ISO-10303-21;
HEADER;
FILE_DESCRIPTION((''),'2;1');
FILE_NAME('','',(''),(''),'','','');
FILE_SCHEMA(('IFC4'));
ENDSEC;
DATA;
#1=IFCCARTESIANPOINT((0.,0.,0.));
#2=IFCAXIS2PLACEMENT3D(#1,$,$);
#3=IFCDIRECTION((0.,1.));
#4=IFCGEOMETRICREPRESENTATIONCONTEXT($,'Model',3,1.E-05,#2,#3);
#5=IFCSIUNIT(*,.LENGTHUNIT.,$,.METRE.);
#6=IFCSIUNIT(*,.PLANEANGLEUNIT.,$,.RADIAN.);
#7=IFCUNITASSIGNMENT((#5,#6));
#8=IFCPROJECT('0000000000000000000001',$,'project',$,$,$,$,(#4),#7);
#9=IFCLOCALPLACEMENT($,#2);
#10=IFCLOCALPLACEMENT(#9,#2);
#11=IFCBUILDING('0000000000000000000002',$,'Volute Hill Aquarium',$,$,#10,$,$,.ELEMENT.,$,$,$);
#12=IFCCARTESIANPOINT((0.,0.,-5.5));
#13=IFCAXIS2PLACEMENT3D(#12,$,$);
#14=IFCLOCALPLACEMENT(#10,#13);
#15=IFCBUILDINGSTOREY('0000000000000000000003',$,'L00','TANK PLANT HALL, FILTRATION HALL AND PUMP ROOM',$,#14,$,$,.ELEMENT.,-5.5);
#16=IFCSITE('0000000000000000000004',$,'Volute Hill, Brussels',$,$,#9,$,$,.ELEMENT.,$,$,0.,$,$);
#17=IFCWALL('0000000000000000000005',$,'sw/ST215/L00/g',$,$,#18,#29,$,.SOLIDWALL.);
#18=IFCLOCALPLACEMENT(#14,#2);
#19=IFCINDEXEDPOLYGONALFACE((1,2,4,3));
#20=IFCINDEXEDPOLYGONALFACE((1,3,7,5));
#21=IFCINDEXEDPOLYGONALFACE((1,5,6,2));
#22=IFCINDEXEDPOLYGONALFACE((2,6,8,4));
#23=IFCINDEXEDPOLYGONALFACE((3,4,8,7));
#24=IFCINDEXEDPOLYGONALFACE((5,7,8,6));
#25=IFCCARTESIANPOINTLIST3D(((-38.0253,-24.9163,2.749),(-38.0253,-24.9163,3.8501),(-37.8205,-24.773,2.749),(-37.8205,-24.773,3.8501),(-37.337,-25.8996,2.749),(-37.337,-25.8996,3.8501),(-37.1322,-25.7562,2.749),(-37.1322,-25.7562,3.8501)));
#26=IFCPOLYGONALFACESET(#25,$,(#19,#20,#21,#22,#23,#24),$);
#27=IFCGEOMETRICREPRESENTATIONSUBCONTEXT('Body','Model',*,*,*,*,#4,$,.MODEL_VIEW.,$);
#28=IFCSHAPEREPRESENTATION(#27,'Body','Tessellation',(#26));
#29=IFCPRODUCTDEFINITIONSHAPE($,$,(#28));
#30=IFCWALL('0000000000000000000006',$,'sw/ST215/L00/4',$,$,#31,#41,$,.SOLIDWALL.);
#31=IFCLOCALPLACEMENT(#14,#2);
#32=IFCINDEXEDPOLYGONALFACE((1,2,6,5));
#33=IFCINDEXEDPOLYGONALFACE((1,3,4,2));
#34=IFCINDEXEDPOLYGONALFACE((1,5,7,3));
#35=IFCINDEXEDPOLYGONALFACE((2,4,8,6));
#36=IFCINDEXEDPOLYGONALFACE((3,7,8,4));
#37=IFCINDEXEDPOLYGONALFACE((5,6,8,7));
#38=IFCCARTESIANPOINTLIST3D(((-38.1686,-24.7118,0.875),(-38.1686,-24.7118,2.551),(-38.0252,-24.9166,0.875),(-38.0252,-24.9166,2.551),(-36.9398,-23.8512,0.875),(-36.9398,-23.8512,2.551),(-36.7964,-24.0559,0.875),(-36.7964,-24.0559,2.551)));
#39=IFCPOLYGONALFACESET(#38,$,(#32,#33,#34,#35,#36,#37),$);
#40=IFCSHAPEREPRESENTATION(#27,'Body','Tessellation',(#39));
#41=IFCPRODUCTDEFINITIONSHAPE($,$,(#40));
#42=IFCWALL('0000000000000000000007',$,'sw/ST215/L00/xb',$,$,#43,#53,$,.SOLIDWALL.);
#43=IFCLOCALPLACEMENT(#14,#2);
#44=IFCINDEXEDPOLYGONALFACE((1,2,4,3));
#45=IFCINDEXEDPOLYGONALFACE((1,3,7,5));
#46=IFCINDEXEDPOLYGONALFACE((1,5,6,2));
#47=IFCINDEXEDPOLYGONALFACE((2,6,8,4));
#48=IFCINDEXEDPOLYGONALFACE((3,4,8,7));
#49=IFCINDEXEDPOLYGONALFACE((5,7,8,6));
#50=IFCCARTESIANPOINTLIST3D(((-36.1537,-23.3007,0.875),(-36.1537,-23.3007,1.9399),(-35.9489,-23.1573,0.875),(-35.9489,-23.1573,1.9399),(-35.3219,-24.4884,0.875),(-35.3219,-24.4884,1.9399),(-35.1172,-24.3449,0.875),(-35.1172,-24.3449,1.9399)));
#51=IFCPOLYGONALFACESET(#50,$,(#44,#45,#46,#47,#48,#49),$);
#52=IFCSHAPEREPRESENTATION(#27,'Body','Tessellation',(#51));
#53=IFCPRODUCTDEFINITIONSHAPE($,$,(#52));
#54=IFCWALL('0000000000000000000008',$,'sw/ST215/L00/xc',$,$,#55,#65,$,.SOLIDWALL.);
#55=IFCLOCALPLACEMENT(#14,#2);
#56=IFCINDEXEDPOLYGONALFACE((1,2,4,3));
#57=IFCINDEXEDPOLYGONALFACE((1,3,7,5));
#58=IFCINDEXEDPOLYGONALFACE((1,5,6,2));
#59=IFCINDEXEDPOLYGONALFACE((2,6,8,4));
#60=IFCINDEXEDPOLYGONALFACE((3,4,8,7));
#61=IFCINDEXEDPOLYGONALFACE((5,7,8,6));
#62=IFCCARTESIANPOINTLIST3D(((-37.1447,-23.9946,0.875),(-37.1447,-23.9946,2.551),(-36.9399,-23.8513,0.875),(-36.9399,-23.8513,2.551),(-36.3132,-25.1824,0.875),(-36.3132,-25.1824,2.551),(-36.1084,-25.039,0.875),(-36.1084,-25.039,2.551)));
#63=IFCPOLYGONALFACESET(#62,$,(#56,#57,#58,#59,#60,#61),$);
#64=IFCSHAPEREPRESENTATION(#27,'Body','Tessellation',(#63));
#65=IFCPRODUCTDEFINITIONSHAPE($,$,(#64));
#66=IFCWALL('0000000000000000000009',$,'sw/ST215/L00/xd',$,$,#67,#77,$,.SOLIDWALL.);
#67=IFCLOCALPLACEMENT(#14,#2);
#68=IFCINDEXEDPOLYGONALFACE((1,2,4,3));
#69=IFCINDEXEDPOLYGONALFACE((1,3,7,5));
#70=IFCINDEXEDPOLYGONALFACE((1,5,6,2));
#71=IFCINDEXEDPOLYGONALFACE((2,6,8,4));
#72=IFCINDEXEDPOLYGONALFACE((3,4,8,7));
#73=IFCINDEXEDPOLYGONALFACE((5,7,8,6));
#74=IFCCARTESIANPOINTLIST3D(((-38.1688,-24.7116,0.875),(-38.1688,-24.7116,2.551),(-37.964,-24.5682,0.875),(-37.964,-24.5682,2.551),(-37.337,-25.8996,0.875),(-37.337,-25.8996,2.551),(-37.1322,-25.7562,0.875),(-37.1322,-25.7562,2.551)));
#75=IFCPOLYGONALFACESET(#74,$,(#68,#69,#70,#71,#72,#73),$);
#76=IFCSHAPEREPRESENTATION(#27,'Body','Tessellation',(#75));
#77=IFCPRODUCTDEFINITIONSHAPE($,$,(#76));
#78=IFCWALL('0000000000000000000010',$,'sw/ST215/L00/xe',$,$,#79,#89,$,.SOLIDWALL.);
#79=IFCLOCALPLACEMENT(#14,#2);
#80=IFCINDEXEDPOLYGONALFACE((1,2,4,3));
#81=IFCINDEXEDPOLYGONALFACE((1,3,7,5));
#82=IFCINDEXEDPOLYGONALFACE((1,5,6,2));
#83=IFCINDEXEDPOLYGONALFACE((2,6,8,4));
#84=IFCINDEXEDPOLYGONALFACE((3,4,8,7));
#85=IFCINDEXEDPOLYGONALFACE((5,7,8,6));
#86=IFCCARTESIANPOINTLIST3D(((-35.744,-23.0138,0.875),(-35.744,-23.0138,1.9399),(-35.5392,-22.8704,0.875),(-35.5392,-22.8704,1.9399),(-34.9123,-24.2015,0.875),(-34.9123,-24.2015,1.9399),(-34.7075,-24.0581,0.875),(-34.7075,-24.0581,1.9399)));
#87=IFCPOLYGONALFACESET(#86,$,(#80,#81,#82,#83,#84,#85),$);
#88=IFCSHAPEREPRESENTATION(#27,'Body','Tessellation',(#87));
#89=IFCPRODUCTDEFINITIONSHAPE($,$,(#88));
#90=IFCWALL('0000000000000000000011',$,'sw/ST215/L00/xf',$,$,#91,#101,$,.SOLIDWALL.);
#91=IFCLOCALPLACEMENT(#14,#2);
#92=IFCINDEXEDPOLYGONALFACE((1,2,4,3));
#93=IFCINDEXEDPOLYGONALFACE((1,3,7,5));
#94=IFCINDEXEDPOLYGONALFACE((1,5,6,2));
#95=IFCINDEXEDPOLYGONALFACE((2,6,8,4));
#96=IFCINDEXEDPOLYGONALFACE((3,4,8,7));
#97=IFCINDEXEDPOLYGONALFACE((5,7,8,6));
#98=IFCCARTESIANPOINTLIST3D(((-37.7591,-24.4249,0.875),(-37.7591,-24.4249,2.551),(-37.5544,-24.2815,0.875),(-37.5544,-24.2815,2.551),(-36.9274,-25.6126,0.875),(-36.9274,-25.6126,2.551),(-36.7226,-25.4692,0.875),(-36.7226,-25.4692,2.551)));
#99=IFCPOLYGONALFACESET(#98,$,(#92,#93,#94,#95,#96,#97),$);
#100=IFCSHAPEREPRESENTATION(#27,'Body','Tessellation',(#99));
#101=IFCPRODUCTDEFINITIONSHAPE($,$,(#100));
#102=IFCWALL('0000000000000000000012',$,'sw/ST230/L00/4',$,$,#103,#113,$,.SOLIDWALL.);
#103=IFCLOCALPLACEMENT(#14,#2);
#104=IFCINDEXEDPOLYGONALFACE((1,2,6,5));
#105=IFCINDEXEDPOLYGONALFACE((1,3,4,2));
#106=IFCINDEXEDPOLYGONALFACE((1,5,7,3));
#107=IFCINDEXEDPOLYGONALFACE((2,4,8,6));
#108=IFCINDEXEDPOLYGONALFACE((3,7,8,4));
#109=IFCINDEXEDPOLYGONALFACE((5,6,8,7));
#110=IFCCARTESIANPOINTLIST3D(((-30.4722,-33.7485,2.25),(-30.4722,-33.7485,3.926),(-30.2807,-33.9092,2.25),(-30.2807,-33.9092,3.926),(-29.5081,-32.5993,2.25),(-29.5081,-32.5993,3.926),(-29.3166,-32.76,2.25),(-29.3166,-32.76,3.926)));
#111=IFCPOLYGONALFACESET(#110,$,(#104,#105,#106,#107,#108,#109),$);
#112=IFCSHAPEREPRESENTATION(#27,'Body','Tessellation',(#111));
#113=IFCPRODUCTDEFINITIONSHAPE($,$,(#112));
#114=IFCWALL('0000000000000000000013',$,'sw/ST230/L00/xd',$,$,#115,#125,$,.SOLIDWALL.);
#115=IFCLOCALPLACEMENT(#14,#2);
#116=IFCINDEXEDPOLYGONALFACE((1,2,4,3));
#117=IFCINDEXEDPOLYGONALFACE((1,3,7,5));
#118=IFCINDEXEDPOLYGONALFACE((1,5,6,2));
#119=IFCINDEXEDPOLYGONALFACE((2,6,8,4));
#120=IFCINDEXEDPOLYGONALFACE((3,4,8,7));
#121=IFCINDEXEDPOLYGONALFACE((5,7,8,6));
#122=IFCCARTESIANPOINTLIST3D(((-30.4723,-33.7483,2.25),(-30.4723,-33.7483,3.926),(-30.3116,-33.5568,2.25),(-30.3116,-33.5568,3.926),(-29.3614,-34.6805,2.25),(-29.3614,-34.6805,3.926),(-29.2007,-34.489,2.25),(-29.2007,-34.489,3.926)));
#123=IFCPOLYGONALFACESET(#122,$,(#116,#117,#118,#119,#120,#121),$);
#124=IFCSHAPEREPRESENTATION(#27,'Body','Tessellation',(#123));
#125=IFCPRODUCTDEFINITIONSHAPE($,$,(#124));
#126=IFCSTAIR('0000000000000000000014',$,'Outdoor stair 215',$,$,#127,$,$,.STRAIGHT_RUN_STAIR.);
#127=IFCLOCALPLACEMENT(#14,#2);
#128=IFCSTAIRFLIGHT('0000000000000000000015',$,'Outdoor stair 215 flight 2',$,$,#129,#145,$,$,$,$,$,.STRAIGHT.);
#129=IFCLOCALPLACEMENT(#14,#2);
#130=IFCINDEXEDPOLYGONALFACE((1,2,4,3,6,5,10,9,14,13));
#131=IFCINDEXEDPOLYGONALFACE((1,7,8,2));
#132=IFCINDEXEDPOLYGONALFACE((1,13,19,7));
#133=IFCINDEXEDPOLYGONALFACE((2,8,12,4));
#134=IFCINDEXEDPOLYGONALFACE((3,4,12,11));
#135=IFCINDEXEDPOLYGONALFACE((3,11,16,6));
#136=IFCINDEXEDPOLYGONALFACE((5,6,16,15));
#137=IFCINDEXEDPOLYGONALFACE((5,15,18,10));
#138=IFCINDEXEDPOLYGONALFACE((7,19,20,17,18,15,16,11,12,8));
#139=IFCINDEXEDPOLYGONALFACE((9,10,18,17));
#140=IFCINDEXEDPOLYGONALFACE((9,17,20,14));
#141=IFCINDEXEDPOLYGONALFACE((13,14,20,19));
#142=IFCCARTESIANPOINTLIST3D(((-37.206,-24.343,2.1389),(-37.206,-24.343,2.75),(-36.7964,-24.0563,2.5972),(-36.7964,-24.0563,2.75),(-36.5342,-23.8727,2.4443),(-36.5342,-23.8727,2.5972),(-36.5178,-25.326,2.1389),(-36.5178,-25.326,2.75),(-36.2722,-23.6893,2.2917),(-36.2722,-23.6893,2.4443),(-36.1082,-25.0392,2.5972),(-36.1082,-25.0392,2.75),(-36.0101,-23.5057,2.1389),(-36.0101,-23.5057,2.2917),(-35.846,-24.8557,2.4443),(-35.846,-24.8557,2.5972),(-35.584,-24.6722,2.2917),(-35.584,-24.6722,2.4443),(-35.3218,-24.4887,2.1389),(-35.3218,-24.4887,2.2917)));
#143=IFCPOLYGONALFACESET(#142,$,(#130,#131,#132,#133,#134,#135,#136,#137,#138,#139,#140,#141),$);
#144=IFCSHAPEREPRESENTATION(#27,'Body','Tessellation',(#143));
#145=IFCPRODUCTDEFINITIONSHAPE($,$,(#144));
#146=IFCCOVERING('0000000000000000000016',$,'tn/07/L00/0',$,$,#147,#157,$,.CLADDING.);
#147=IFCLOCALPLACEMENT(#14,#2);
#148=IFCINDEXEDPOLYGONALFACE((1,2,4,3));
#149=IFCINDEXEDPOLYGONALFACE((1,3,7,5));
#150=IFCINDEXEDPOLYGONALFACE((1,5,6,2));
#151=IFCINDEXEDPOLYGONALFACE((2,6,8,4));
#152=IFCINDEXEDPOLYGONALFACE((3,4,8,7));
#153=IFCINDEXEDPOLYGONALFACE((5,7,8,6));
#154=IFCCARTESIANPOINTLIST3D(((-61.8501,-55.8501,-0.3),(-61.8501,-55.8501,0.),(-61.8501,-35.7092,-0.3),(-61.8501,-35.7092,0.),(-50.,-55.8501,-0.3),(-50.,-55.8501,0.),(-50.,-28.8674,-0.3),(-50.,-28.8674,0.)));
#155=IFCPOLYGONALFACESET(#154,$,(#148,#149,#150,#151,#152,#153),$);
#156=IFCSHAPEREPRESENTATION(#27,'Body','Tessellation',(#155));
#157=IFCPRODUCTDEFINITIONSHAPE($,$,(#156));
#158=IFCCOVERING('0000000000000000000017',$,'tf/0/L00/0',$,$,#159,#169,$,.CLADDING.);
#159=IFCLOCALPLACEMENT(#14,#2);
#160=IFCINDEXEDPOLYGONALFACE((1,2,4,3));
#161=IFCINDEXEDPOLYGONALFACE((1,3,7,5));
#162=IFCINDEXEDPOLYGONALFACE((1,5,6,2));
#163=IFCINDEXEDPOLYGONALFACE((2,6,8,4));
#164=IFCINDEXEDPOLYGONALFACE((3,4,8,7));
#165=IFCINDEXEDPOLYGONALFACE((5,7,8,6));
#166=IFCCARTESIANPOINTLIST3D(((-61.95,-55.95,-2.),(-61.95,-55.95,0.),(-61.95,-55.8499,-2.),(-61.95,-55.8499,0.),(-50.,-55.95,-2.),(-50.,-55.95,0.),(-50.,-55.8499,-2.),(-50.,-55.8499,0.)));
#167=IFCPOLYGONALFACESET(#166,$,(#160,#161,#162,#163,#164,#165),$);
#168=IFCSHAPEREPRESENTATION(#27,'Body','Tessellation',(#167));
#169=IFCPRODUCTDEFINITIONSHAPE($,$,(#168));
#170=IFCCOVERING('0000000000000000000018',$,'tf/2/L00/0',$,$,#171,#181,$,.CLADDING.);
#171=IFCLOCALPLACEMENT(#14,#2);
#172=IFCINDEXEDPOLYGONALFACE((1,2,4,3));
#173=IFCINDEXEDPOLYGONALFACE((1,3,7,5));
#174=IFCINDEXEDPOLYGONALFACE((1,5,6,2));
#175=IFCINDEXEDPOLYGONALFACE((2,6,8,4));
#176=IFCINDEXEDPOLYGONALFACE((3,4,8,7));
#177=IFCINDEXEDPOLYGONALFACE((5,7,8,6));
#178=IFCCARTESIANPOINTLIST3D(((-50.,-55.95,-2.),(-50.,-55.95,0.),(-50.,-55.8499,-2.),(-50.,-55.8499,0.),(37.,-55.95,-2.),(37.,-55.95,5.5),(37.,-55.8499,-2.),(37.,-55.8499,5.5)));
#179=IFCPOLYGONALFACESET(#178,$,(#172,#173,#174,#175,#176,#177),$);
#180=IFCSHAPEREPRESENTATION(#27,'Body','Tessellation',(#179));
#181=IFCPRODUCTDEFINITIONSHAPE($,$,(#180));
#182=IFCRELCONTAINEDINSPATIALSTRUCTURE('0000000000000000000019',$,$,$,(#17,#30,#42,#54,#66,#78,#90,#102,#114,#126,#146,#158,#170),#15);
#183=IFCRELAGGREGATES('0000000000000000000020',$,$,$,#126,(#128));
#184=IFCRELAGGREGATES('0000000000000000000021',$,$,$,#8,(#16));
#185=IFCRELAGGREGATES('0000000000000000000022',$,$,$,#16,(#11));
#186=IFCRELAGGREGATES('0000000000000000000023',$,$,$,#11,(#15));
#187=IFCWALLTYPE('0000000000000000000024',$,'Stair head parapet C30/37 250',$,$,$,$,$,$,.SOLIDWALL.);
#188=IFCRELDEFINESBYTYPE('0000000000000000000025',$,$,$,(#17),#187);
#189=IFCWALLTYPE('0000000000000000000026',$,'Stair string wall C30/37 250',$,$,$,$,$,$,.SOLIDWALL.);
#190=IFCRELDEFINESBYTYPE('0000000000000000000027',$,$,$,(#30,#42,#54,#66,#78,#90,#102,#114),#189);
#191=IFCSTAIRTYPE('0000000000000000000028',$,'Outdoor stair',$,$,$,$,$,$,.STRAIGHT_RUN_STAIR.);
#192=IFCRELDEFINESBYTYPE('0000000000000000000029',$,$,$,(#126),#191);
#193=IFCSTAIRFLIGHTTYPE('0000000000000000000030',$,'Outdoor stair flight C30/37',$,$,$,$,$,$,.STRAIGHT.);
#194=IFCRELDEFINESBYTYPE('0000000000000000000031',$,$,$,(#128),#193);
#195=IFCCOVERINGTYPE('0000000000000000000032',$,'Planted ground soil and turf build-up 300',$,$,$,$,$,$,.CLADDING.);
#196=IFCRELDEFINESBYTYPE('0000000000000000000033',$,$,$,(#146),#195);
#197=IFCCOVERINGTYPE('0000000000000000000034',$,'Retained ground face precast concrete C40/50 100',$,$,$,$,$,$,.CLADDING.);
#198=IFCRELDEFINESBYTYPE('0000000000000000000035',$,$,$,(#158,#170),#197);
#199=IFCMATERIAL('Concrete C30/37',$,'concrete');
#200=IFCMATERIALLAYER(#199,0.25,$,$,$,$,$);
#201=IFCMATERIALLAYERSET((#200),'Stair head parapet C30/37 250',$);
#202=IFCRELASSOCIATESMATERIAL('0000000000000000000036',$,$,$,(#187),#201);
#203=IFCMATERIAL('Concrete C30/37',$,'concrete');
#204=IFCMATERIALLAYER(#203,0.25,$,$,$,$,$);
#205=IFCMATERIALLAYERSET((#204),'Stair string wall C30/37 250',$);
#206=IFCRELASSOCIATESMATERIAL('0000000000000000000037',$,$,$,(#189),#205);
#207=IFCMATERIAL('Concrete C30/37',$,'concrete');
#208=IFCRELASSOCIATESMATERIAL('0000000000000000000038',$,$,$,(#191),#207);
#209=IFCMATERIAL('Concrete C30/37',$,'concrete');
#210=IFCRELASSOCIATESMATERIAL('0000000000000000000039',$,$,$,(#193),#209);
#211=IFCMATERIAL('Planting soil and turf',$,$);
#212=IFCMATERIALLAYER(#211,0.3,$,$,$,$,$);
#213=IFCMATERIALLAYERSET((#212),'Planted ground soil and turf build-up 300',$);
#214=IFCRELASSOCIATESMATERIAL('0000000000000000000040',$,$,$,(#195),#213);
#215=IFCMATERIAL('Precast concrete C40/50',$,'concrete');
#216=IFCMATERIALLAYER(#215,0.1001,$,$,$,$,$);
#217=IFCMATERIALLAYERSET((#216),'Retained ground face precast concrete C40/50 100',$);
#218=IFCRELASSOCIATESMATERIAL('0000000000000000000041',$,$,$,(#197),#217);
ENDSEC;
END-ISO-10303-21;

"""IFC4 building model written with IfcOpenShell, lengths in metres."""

from ifc_helpers import new_model, si_unit, direction, frame, frame_2d, origin, place, context, subcontext, project, spatial, polyline, rectangle, outline, extrude, material, layer, layer_set, type_object, element, aggregate, save


model = new_model("IFC4")

# Units and contexts
model_context = context("Model", 3, precision=1e-05, world=origin(), true_north=direction((0.0, 1.0)))
body_context = subcontext(model_context, "Body", "Model", "MODEL_VIEW")
ifc_project = project(units=[si_unit("LENGTHUNIT", "METRE"), si_unit("PLANEANGLEUNIT", "RADIAN")], contexts=[model_context])

# Site, building, storey
site_placement = place(None, origin())
site = spatial("IfcSite", under=ifc_project, at=site_placement, Name="Volute Hill, Brussels", CompositionType="ELEMENT", RefElevation=0.0)
building_placement = place(site_placement, origin())
building = spatial("IfcBuilding", under=site, at=building_placement, Name="Volute Hill Aquarium", CompositionType="ELEMENT")
storey_placement = place(building_placement, frame((0.0, 0.0, -5.5)))
storey = spatial("IfcBuildingStorey", under=building, at=storey_placement, Name="L00", Description="TANK PLANT HALL, FILTRATION HALL AND PUMP ROOM", CompositionType="ELEMENT", Elevation=-5.5)

# Walls
ifc_material_1 = material(Name="Concrete C30/37", Category="concrete")
ifc_layer_1 = layer(ifc_material_1, 0.25)
ifc_layer_set_1 = layer_set([ifc_layer_1], Name="Stair head parapet C30/37 250")
wall_type_1 = type_object("IfcWallType", Name="Stair head parapet C30/37 250", PredefinedType="SOLIDWALL", material=ifc_layer_set_1)
wall_1_placement = place(storey_placement, frame((-37.2346, -25.8279, 2.749), z_axis=(0.0, 0.0, 1.0), x_axis=(-0.573476, 0.819222, 0.0)))
element("IfcWall", 1, at=wall_1_placement, inside=storey, type_object=wall_type_1, Name="sw/ST215/L00/g", PredefinedType="SOLIDWALL", context=body_context, shape_type="SweptSolid", body=[
    extrude(rectangle(XDim=1.2002, YDim=0.25, at=frame_2d((0.6001, 0.0))), origin(), (0.0, 0.0, 1.0), 1.1011),
])
ifc_material_2 = material(Name="Concrete C30/37", Category="concrete")
ifc_layer_2 = layer(ifc_material_2, 0.25)
ifc_layer_set_2 = layer_set([ifc_layer_2], Name="Stair string wall C30/37 250")
wall_type_2 = type_object("IfcWallType", Name="Stair string wall C30/37 250", PredefinedType="SOLIDWALL", material=ifc_layer_set_2)
wall_2_placement = place(storey_placement, frame((-36.8682, -23.9536, 0.875), z_axis=(0.0, 0.0, 1.0), x_axis=(-0.819087, -0.57367, 0.0)))
element("IfcWall", 2, at=wall_2_placement, inside=storey, type_object=wall_type_2, Name="sw/ST215/L00/4", PredefinedType="SOLIDWALL", context=body_context, shape_type="SweptSolid", body=[
    extrude(rectangle(XDim=1.5002, YDim=0.25, at=frame_2d((0.75, 0.0))), origin(), (0.0, 0.0, 1.0), 1.676),
])
wall_3_placement = place(storey_placement, frame((-35.2195, -24.4167, 0.875), z_axis=(0.0, 0.0, 1.0), x_axis=(-0.573632, 0.819113, 0.0)))
element("IfcWall", 3, at=wall_3_placement, inside=storey, type_object=wall_type_2, Name="sw/ST215/L00/xb", PredefinedType="SOLIDWALL", context=body_context, shape_type="SweptSolid", body=[
    extrude(rectangle(XDim=1.45, YDim=0.25, at=frame_2d((0.7251, 0.0))), origin(), (0.0, 0.0, 1.0), 1.0649),
])
wall_4_placement = place(storey_placement, frame((-36.2107, -25.1108, 0.875), z_axis=(0.0, 0.0, 1.0), x_axis=(-0.573519, 0.819192, 0.0)))
element("IfcWall", 4, at=wall_4_placement, inside=storey, type_object=wall_type_2, Name="sw/ST215/L00/xc", PredefinedType="SOLIDWALL", context=body_context, shape_type="SweptSolid", body=[
    extrude(rectangle(XDim=1.45, YDim=0.25, at=frame_2d((0.7251, 0.0))), origin(), (0.0, 0.0, 1.0), 1.676),
])
wall_5_placement = place(storey_placement, frame((-37.2346, -25.8279, 0.875), z_axis=(0.0, 0.0, 1.0), x_axis=(-0.573553, 0.819169, 0.0)))
element("IfcWall", 5, at=wall_5_placement, inside=storey, type_object=wall_type_2, Name="sw/ST215/L00/xd", PredefinedType="SOLIDWALL", context=body_context, shape_type="SweptSolid", body=[
    extrude(rectangle(XDim=1.4502, YDim=0.25, at=frame_2d((0.7251, 0.0))), origin(), (0.0, 0.0, 1.0), 1.676),
])
wall_6_placement = place(storey_placement, frame((-34.8098, -24.1299, 0.875), z_axis=(0.0, 0.0, 1.0), x_axis=(-0.573632, 0.819113, 0.0)))
element("IfcWall", 6, at=wall_6_placement, inside=storey, type_object=wall_type_2, Name="sw/ST215/L00/xe", PredefinedType="SOLIDWALL", context=body_context, shape_type="SweptSolid", body=[
    extrude(rectangle(XDim=1.45, YDim=0.25, at=frame_2d((0.7251, 0.0))), origin(), (0.0, 0.0, 1.0), 1.0649),
])
wall_7_placement = place(storey_placement, frame((-36.825, -25.541, 0.875), z_axis=(0.0, 0.0, 1.0), x_axis=(-0.573632, 0.819113, 0.0)))
element("IfcWall", 7, at=wall_7_placement, inside=storey, type_object=wall_type_2, Name="sw/ST215/L00/xf", PredefinedType="SOLIDWALL", context=body_context, shape_type="SweptSolid", body=[
    extrude(rectangle(XDim=1.45, YDim=0.25, at=frame_2d((0.7251, 0.0))), origin(), (0.0, 0.0, 1.0), 1.676),
])
wall_8_placement = place(storey_placement, frame((-29.4124, -32.6797, 2.25), z_axis=(0.0, 0.0, 1.0), x_axis=(-0.642726, -0.766096, 0.0)))
element("IfcWall", 8, at=wall_8_placement, inside=storey, type_object=wall_type_2, Name="sw/ST230/L00/4", PredefinedType="SOLIDWALL", context=body_context, shape_type="SweptSolid", body=[
    extrude(rectangle(XDim=1.5, YDim=0.25, at=frame_2d((0.75, 0.0))), origin(), (0.0, 0.0, 1.0), 1.676),
])
wall_9_placement = place(storey_placement, frame((-29.281, -34.5847, 2.25), z_axis=(0.0, 0.0, 1.0), x_axis=(-0.766036, 0.642797, 0.0)))
element("IfcWall", 9, at=wall_9_placement, inside=storey, type_object=wall_type_2, Name="sw/ST230/L00/xd", PredefinedType="SOLIDWALL", context=body_context, shape_type="SweptSolid", body=[
    extrude(rectangle(XDim=1.4502, YDim=0.25, at=frame_2d((0.7251, 0.0))), origin(), (0.0, 0.0, 1.0), 1.676),
])

# Stair, stair flight
ifc_material_3 = material(Name="Concrete C30/37", Category="concrete")
stair_type = type_object("IfcStairType", Name="Outdoor stair", PredefinedType="STRAIGHT_RUN_STAIR", material=ifc_material_3)
stair_placement = place(storey_placement, origin())
stair = element("IfcStair", 10, at=stair_placement, inside=storey, type_object=stair_type, Name="Outdoor stair 215", PredefinedType="STRAIGHT_RUN_STAIR")
ifc_material_4 = material(Name="Concrete C30/37", Category="concrete")
stair_flight_type = type_object("IfcStairFlightType", Name="Outdoor stair flight C30/37", PredefinedType="STRAIGHT", material=ifc_material_4)
stair_flight_placement = place(storey_placement, frame((-35.666, -23.9971, 2.1389), z_axis=(0.0, 0.0, 1.0), x_axis=(-0.819177, -0.573541, 0.0)))
stair_flight = element("IfcStairFlight", 11, at=stair_flight_placement, type_object=stair_flight_type, Name="Outdoor stair 215 flight 2", PredefinedType="STRAIGHT", context=body_context, shape_type="SweptSolid", body=[
    extrude(outline(polyline([(0.0, 0.0), (1.46, 0.0), (1.46, 0.6111), (0.96, 0.6111), (0.96, 0.4583), (0.6399, 0.4583), (0.6399, 0.3054), (0.3201, 0.3054), (0.3201, 0.1528), (0.0, 0.1528), (0.0, 0.0), (0.0, 0.0)])), frame((0.0, 0.6001, 0.0), z_axis=(0.0, -1.0, 0.0), x_axis=(1.0, 0.0, 0.0)), (0.0, 0.0, 1.0), 1.2),
])
aggregate(stair, [stair_flight])

# Coverings
ifc_material_5 = material(Name="Planting soil and turf")
ifc_layer_3 = layer(ifc_material_5, 0.3)
ifc_layer_set_3 = layer_set([ifc_layer_3], Name="Planted ground soil and turf build-up 300")
covering_type_1 = type_object("IfcCoveringType", Name="Planted ground soil and turf build-up 300", PredefinedType="CLADDING", material=ifc_layer_set_3)
covering_1_placement = place(storey_placement, frame((-61.8501, -55.8501, 0.0), z_axis=(0.0, 0.0, 1.0), x_axis=(1.0, 0.0, 0.0)))
element("IfcCovering", 12, at=covering_1_placement, inside=storey, type_object=covering_type_1, Name="tn/07/L00/0", PredefinedType="CLADDING", context=body_context, shape_type="SweptSolid", body=[
    extrude(outline(polyline([(0.0, 0.0), (11.8501, 0.0), (11.8501, 26.9827), (0.0, 20.1409), (0.0, 0.0)])), origin(), (0.0, 0.0, -1.0), 0.3),
])
ifc_material_6 = material(Name="Precast concrete C40/50", Category="concrete")
ifc_layer_4 = layer(ifc_material_6, 0.1001)
ifc_layer_set_4 = layer_set([ifc_layer_4], Name="Retained ground face precast concrete C40/50 100")
covering_type_2 = type_object("IfcCoveringType", Name="Retained ground face precast concrete C40/50 100", PredefinedType="CLADDING", material=ifc_layer_set_4)
covering_2_placement = place(storey_placement, frame((-61.95, -55.95, -2.0), z_axis=(0.0, -1.0, 0.0), x_axis=(1.0, 0.0, 0.0)))
element("IfcCovering", 13, at=covering_2_placement, inside=storey, type_object=covering_type_2, Name="tf/0/L00/0", PredefinedType="CLADDING", context=body_context, shape_type="SweptSolid", body=[
    extrude(outline(polyline([(0.0, 0.0), (11.95, 0.0), (11.95, 2.0), (0.0, 2.0), (0.0, 0.0)])), origin(), (0.0, 0.0, -1.0), 0.1001),
])
covering_3_placement = place(storey_placement, frame((-50.0, -55.95, -2.0), z_axis=(0.0, -1.0, 0.0), x_axis=(1.0, 0.0, 0.0)))
element("IfcCovering", 14, at=covering_3_placement, inside=storey, type_object=covering_type_2, Name="tf/2/L00/0", PredefinedType="CLADDING", context=body_context, shape_type="SweptSolid", body=[
    extrude(outline(polyline([(0.0, 0.0), (87.0, 0.0), (87.0, 7.5), (0.0, 2.0), (0.0, 0.0)])), origin(), (0.0, 0.0, -1.0), 0.1001),
])

save(model, "model.ifc")
